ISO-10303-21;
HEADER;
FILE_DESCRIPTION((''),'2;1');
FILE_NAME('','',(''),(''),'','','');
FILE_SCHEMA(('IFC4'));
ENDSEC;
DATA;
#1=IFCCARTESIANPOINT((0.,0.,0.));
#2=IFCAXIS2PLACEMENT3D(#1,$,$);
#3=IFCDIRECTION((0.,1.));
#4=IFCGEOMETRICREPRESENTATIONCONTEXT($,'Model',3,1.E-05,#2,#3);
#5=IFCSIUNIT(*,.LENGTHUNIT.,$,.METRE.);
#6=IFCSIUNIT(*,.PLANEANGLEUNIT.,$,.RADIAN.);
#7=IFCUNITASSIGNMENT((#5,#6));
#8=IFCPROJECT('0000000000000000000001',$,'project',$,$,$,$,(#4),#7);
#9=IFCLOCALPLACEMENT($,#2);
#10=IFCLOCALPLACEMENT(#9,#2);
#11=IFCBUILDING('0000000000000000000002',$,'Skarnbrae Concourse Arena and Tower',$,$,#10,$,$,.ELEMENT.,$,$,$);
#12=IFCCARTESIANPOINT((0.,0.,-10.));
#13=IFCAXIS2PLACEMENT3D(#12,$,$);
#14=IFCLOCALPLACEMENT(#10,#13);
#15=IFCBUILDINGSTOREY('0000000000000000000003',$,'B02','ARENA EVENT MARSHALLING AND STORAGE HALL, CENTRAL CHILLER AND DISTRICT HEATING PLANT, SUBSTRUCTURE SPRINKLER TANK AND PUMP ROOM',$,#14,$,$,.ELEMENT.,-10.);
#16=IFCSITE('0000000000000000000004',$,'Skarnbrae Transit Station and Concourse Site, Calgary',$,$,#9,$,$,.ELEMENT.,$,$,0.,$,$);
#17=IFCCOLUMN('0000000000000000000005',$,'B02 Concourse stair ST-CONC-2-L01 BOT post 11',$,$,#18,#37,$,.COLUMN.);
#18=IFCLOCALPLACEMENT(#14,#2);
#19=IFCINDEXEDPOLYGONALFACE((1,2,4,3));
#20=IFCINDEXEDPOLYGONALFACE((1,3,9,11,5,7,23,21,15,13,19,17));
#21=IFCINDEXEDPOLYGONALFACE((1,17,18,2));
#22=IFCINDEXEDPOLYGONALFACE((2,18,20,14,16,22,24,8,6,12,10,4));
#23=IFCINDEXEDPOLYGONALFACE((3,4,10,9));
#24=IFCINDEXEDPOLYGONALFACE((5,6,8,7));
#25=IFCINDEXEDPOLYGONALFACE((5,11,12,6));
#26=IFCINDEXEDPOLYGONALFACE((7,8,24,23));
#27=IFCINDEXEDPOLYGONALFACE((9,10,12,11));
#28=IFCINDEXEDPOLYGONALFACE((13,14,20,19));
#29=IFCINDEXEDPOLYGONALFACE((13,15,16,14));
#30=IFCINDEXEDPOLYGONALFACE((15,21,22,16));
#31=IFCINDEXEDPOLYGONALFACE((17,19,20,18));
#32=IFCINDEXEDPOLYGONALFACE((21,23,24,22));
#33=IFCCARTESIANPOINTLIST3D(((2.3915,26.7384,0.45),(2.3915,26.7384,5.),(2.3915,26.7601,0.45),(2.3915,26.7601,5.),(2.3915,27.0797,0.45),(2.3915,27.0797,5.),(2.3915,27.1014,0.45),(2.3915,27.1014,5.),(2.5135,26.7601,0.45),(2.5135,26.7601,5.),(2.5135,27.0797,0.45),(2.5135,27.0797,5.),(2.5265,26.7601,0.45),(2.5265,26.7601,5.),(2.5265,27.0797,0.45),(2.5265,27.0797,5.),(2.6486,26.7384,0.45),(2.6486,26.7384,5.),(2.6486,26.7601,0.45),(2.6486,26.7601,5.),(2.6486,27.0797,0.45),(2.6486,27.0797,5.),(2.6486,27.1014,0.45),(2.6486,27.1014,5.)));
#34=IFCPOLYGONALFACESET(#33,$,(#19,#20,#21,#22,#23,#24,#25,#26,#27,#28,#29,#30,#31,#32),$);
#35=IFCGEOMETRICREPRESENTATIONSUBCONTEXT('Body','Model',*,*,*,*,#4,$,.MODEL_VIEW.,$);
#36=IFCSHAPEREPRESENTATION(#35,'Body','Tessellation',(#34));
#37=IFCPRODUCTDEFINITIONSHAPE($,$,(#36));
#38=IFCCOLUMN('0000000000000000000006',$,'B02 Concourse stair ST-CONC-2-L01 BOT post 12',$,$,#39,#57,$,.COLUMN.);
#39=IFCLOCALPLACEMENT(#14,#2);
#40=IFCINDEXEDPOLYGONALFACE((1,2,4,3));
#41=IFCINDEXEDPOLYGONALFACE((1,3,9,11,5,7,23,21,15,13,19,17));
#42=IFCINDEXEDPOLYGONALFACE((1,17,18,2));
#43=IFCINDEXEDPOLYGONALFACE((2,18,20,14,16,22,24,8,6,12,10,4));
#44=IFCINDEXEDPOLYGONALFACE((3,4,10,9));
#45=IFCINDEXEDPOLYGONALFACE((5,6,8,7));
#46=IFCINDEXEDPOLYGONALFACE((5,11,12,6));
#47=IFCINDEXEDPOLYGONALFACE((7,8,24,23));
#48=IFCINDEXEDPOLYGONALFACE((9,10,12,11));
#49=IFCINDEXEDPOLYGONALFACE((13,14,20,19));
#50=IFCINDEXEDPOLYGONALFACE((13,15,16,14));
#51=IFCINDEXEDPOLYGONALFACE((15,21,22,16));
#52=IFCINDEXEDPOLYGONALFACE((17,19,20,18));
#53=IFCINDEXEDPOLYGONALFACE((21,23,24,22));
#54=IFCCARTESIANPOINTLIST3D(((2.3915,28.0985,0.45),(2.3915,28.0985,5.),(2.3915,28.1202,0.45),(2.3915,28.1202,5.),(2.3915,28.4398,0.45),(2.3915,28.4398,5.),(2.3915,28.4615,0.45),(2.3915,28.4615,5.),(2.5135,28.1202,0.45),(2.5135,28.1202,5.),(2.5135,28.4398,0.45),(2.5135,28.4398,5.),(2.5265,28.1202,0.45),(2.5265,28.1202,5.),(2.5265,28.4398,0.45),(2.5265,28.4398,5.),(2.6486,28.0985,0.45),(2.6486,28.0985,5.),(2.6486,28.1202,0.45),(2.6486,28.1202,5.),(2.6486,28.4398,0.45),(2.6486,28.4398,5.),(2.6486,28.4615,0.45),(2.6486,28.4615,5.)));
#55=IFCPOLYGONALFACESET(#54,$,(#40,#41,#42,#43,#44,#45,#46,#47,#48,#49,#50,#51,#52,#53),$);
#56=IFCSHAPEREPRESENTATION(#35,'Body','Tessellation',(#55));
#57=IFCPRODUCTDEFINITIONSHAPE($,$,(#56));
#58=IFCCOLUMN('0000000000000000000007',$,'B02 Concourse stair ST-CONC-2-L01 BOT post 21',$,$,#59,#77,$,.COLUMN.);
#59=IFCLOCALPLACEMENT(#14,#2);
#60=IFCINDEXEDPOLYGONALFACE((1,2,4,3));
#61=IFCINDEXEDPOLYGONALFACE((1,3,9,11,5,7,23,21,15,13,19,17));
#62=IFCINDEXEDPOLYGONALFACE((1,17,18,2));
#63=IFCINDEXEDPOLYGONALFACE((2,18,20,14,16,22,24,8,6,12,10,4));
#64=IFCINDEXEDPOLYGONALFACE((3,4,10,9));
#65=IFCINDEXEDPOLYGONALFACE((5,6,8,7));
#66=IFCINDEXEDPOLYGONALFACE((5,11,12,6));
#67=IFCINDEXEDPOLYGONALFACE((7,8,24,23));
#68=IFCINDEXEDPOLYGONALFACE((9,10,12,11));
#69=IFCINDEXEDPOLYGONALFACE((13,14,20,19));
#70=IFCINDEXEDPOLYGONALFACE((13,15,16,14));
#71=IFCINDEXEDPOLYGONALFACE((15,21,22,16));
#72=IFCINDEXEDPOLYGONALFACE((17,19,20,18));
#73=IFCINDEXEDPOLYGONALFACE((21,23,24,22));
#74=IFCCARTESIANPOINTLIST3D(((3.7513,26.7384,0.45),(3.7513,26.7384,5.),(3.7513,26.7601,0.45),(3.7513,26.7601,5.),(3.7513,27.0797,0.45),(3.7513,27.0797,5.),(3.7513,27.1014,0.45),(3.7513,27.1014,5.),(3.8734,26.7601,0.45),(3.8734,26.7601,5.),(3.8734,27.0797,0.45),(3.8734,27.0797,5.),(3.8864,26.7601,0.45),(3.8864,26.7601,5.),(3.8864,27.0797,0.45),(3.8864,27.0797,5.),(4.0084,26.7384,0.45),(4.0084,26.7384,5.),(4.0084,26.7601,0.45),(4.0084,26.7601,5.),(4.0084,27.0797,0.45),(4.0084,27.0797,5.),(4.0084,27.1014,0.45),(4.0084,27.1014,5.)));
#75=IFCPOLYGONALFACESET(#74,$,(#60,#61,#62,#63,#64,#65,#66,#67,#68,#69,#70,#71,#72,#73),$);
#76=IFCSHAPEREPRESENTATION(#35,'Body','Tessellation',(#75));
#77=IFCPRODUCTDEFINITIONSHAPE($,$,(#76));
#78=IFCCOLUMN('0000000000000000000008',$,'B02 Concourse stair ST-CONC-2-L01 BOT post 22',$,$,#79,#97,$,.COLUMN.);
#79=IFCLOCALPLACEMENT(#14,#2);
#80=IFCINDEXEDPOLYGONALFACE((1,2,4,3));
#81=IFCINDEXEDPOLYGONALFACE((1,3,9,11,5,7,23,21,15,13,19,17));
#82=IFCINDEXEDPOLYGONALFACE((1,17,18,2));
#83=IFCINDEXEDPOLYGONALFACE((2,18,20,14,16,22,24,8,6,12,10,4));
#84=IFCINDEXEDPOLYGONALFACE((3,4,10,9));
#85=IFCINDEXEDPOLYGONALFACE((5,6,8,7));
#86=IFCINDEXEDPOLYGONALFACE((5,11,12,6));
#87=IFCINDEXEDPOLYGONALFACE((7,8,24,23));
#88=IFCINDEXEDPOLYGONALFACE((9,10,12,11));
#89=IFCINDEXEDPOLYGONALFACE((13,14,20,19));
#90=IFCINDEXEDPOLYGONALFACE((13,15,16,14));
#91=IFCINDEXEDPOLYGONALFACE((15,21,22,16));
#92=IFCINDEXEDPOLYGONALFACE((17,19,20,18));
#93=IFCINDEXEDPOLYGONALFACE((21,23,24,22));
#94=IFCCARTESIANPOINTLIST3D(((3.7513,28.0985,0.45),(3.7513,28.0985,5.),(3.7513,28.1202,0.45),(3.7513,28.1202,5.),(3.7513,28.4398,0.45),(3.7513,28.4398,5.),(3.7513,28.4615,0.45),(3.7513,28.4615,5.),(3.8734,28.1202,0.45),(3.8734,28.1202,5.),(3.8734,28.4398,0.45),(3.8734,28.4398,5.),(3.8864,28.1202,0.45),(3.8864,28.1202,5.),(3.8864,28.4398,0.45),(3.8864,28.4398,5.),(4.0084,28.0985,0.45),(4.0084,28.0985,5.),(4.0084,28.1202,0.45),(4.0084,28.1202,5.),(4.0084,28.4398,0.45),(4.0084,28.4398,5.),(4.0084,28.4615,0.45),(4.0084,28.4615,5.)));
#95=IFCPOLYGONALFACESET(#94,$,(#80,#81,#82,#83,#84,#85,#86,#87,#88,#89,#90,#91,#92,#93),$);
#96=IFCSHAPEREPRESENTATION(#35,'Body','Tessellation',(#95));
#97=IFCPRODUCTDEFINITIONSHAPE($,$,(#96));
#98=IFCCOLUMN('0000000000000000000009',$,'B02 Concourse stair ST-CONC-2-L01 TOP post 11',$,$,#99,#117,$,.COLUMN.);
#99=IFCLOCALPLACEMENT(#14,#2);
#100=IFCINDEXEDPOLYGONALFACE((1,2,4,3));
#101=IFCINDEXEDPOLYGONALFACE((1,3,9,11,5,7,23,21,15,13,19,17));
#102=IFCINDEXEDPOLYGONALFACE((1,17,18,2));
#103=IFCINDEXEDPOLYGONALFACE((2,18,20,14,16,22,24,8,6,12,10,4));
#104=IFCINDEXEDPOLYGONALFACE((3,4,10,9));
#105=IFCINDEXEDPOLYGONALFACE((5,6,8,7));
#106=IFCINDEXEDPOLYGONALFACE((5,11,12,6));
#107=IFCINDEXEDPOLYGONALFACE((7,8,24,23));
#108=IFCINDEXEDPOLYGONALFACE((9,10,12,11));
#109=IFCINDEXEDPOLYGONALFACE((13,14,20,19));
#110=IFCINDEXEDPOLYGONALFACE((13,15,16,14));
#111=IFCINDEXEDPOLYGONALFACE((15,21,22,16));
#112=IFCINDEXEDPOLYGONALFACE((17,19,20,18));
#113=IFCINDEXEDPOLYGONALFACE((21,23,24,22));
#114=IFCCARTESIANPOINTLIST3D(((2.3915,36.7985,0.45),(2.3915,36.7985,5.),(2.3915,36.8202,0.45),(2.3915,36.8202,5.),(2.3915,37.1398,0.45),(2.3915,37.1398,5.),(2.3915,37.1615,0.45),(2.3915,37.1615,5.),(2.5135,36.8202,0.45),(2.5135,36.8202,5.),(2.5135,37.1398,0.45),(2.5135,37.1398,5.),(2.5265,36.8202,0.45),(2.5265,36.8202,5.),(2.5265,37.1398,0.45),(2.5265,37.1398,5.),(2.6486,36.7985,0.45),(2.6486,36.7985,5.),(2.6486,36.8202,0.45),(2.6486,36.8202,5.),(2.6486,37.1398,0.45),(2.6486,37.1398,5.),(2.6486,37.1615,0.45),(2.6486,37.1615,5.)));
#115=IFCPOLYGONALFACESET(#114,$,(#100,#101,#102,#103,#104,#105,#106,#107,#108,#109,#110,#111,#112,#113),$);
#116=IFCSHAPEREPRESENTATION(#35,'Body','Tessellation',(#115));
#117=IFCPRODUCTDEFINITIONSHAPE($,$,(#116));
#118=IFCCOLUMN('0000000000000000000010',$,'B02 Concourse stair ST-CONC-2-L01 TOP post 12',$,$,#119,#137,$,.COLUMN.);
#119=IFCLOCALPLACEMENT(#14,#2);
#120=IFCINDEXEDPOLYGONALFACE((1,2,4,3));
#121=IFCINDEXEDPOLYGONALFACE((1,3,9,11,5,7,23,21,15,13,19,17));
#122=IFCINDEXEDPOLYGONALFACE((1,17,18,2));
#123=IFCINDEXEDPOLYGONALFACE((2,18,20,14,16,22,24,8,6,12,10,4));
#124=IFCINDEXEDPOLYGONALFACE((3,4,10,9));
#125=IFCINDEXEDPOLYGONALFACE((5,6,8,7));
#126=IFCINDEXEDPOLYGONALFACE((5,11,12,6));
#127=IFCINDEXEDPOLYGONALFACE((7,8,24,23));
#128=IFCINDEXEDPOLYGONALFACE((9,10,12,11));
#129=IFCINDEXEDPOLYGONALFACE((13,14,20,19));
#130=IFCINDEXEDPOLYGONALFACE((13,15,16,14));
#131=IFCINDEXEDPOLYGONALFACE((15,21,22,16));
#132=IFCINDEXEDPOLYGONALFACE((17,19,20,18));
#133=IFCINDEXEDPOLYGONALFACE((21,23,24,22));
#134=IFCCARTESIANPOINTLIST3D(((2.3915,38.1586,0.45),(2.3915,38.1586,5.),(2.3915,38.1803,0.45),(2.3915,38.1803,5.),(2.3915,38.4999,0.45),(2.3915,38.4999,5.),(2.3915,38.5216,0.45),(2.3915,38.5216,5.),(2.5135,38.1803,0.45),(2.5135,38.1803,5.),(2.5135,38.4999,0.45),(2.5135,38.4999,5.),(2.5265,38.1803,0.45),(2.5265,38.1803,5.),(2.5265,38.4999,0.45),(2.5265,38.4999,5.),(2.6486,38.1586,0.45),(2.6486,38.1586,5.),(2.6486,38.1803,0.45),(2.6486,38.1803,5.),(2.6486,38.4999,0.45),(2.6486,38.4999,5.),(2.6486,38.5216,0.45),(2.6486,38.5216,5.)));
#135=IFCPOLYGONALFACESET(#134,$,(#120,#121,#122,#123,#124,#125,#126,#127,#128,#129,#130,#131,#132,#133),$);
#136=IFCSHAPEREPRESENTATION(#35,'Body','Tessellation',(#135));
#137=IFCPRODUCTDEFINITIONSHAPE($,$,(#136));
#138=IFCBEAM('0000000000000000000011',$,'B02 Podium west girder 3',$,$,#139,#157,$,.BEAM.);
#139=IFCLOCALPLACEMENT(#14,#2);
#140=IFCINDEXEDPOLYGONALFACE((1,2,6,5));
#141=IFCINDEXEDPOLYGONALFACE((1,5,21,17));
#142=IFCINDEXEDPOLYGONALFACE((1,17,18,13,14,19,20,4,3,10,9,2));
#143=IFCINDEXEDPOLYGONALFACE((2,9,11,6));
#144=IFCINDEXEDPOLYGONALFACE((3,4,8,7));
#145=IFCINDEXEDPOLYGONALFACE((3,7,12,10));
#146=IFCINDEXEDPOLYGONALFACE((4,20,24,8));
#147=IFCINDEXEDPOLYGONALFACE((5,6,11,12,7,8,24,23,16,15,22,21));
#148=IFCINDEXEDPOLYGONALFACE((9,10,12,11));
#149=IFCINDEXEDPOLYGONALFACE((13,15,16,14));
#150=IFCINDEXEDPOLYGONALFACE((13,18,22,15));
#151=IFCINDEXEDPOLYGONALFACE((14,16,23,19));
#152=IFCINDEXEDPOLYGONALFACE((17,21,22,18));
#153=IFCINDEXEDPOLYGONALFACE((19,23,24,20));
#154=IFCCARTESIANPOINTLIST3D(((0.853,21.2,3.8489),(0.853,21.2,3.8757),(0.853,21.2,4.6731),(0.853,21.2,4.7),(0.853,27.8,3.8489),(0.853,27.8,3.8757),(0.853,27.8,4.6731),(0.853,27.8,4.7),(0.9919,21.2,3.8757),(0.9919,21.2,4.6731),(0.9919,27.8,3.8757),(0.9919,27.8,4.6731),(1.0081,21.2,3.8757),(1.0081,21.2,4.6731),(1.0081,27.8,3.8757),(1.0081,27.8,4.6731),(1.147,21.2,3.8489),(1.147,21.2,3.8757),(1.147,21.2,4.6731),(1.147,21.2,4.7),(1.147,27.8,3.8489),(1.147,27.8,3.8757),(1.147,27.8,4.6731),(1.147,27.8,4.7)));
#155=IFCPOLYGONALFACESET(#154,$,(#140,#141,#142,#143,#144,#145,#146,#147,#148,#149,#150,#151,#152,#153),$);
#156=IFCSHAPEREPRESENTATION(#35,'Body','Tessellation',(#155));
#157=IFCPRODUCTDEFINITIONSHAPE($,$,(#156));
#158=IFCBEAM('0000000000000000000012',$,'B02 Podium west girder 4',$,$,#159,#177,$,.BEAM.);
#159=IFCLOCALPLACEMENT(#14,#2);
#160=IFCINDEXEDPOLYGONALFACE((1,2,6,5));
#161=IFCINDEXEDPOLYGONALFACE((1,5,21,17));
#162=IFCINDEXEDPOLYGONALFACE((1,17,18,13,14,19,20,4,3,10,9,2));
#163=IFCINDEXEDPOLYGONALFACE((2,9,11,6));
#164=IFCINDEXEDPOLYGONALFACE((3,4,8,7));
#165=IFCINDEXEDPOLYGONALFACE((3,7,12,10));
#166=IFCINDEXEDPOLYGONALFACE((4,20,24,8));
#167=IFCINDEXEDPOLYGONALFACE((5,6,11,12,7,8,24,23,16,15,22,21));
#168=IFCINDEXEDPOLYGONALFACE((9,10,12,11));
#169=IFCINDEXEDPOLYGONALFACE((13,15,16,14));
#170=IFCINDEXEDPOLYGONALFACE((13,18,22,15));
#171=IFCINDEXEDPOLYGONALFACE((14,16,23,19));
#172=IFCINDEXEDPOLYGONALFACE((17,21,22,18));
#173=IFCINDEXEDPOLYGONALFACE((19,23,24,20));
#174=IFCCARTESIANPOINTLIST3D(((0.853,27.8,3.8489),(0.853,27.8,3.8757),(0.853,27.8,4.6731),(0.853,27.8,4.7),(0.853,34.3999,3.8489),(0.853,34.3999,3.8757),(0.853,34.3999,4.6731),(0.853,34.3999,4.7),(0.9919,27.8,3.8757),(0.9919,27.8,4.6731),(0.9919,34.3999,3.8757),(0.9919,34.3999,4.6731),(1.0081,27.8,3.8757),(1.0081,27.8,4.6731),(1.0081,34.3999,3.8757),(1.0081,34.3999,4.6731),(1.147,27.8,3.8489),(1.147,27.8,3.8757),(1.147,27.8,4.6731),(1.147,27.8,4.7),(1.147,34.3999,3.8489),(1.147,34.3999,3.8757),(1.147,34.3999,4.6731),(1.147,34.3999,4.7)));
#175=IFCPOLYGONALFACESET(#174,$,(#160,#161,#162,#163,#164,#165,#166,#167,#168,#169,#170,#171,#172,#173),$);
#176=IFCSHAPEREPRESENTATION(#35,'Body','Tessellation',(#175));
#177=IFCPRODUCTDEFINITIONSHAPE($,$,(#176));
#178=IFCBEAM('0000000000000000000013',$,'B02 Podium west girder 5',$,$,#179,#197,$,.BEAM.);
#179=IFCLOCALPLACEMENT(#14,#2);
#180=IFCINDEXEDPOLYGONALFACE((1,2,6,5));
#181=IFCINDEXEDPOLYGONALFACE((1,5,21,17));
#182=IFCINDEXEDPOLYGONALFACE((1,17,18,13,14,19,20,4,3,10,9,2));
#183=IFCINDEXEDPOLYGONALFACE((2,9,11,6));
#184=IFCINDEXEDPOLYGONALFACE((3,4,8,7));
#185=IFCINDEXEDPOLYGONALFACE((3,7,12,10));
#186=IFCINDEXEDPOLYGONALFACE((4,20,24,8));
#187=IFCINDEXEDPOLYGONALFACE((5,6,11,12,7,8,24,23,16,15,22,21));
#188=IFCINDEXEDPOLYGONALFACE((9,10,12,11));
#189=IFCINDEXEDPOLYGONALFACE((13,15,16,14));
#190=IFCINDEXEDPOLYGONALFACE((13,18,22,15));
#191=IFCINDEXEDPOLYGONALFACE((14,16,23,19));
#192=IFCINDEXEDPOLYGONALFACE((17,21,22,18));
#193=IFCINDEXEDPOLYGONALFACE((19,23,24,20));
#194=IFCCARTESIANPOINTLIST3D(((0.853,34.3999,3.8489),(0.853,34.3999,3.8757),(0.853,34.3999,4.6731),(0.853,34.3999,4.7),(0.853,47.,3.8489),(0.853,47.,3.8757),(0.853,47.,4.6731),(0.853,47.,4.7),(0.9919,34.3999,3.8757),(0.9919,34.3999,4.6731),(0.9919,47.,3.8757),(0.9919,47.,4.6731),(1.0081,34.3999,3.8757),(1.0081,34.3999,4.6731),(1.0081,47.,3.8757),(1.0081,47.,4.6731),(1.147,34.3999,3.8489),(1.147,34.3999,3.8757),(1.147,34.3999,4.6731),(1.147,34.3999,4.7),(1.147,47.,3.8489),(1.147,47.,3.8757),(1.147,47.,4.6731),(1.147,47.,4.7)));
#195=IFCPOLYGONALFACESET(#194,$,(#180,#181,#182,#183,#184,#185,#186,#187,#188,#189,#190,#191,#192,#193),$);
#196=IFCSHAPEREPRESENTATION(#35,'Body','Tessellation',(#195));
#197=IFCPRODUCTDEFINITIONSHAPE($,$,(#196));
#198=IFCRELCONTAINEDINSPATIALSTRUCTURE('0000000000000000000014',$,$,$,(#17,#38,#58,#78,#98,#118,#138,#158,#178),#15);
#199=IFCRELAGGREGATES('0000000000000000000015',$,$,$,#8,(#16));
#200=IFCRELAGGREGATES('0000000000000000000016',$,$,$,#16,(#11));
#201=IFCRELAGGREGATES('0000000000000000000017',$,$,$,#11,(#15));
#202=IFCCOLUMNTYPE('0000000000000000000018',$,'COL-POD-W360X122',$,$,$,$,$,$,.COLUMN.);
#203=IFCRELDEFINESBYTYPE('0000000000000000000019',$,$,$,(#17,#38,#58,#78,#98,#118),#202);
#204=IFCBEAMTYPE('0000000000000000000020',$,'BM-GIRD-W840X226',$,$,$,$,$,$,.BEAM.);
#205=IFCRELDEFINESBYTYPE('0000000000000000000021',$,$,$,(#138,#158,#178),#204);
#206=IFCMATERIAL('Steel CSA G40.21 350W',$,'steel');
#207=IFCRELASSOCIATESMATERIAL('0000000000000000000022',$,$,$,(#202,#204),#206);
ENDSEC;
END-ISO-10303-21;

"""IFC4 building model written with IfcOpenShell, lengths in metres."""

from ifc_helpers import new_model, si_unit, direction, frame, origin, origin_2d, place, context, subcontext, project, spatial, i_section, extrude, source, transform, mapped, material, material_profile, profile_set, type_object, element, save


model = new_model("IFC4")

# Units and contexts
model_context = context("Model", 3, precision=1e-05, world=origin(), true_north=direction((0.0, 1.0)))
body_context = subcontext(model_context, "Body", "Model", "MODEL_VIEW")
ifc_project = project(units=[si_unit("LENGTHUNIT", "METRE"), si_unit("PLANEANGLEUNIT", "RADIAN")], contexts=[model_context])

# Site, building, storey
site_placement = place(None, origin())
site = spatial("IfcSite", under=ifc_project, at=site_placement, Name="Skarnbrae Transit Station and Concourse Site, Calgary", CompositionType="ELEMENT", RefElevation=0.0)
building_placement = place(site_placement, origin())
building = spatial("IfcBuilding", under=site, at=building_placement, Name="Skarnbrae Concourse Arena and Tower", CompositionType="ELEMENT")
storey_placement = place(building_placement, frame((0.0, 0.0, -10.0)))
storey = spatial("IfcBuildingStorey", under=building, at=storey_placement, Name="B02", Description="ARENA EVENT MARSHALLING AND STORAGE HALL, CENTRAL CHILLER AND DISTRICT HEATING PLANT, SUBSTRUCTURE SPRINKLER TANK AND PUMP ROOM", CompositionType="ELEMENT", Elevation=-10.0)

# Columns
ifc_material_1 = material(Name="Steel CSA G40.21 350W", Category="steel")
ifc_material_profile_1 = material_profile(ifc_material_1, i_section(OverallWidth=0.2571, OverallDepth=0.363, WebThickness=0.0129, FlangeThickness=0.0217, at=origin_2d()), Name="W360X122")
ifc_profile_set_1 = profile_set([ifc_material_profile_1], Name="Steel CSA G40.21 350W")
column_type_1 = type_object("IfcColumnType", Name="COL-POD-W360X122", PredefinedType="COLUMN", material=ifc_profile_set_1)
shared_shape_1 = source(origin(), body_context, "Body", "SweptSolid", [
    extrude(i_section(OverallWidth=0.2571, OverallDepth=0.363, WebThickness=0.0129, FlangeThickness=0.0217, at=origin_2d()), origin(), (0.0, 0.0, 1.0), 4.55),
])
for number, where, z_axis, x_axis, name in (
    (1, (2.52, 26.9199, 0.45), (0.0, 0.0, 1.0), (1.0, 0.0, 0.0), "B02 Concourse stair ST-CONC-2-L01 BOT post 11"),
    (2, (2.52, 28.28, 0.45), (0.0, 0.0, 1.0), (1.0, 0.0, 0.0), "B02 Concourse stair ST-CONC-2-L01 BOT post 12"),
    (3, (3.8799, 26.9199, 0.45), (0.0, 0.0, 1.0), (1.0, 0.0, 0.0), "B02 Concourse stair ST-CONC-2-L01 BOT post 21"),
    (4, (3.8799, 28.28, 0.45), (0.0, 0.0, 1.0), (1.0, 0.0, 0.0), "B02 Concourse stair ST-CONC-2-L01 BOT post 22"),
    (5, (2.52, 36.98, 0.45), (0.0, 0.0, 1.0), (1.0, 0.0, 0.0), "B02 Concourse stair ST-CONC-2-L01 TOP post 11"),
    (6, (2.52, 38.3401, 0.45), (0.0, 0.0, 1.0), (1.0, 0.0, 0.0), "B02 Concourse stair ST-CONC-2-L01 TOP post 12"),
):
    element("IfcColumn", number, at=place(storey_placement, frame(where, z_axis=z_axis, x_axis=x_axis)), inside=storey, type_object=column_type_1, Name=name, PredefinedType="COLUMN", context=body_context, shape_type="MappedRepresentation", body=[
        mapped(shared_shape_1, transform((0.0, 0.0, 0.0))),
    ])

# Beams
ifc_material_profile_2 = material_profile(ifc_material_1, i_section(OverallWidth=0.2939, OverallDepth=0.8511, WebThickness=0.0161, FlangeThickness=0.0269, at=origin_2d()), Name="W840X226")
ifc_profile_set_2 = profile_set([ifc_material_profile_2], Name="Steel CSA G40.21 350W")
beam_type = type_object("IfcBeamType", Name="BM-GIRD-W840X226", PredefinedType="BEAM", material=ifc_profile_set_2)
shared_shape_2 = source(origin(), body_context, "Body", "SweptSolid", [
    extrude(i_section(OverallWidth=0.2939, OverallDepth=0.8511, WebThickness=0.0161, FlangeThickness=0.0269, at=origin_2d()), origin(), (0.0, 0.0, 1.0), 6.6001),
])
beam_1_placement = place(storey_placement, frame((1.0, 21.2, 4.2744), z_axis=(0.0, 1.0, 0.0), x_axis=(-1.0, 0.0, 0.0)))
element("IfcBeam", 7, at=beam_1_placement, inside=storey, type_object=beam_type, Name="B02 Podium west girder 3", PredefinedType="BEAM", context=body_context, shape_type="MappedRepresentation", body=[
    mapped(shared_shape_2, transform((0.0, 0.0, 0.0))),
])
shared_shape_3 = source(origin(), body_context, "Body", "SweptSolid", [
    extrude(i_section(OverallWidth=0.2939, OverallDepth=0.8511, WebThickness=0.0161, FlangeThickness=0.0269, at=origin_2d()), origin(), (0.0, 0.0, 1.0), 6.5999),
])
beam_2_placement = place(storey_placement, frame((1.0, 27.8, 4.2744), z_axis=(0.0, 1.0, 0.0), x_axis=(-1.0, 0.0, 0.0)))
element("IfcBeam", 8, at=beam_2_placement, inside=storey, type_object=beam_type, Name="B02 Podium west girder 4", PredefinedType="BEAM", context=body_context, shape_type="MappedRepresentation", body=[
    mapped(shared_shape_3, transform((0.0, 0.0, 0.0))),
])
shared_shape_4 = source(origin(), body_context, "Body", "SweptSolid", [
    extrude(i_section(OverallWidth=0.2939, OverallDepth=0.8511, WebThickness=0.0161, FlangeThickness=0.0269, at=origin_2d()), origin(), (0.0, 0.0, 1.0), 12.6001),
])
beam_3_placement = place(storey_placement, frame((1.0, 34.3999, 4.2744), z_axis=(0.0, 1.0, 0.0), x_axis=(-1.0, 0.0, 0.0)))
element("IfcBeam", 9, at=beam_3_placement, inside=storey, type_object=beam_type, Name="B02 Podium west girder 5", PredefinedType="BEAM", context=body_context, shape_type="MappedRepresentation", body=[
    mapped(shared_shape_4, transform((0.0, 0.0, 0.0))),
])

save(model, "model.ifc")
